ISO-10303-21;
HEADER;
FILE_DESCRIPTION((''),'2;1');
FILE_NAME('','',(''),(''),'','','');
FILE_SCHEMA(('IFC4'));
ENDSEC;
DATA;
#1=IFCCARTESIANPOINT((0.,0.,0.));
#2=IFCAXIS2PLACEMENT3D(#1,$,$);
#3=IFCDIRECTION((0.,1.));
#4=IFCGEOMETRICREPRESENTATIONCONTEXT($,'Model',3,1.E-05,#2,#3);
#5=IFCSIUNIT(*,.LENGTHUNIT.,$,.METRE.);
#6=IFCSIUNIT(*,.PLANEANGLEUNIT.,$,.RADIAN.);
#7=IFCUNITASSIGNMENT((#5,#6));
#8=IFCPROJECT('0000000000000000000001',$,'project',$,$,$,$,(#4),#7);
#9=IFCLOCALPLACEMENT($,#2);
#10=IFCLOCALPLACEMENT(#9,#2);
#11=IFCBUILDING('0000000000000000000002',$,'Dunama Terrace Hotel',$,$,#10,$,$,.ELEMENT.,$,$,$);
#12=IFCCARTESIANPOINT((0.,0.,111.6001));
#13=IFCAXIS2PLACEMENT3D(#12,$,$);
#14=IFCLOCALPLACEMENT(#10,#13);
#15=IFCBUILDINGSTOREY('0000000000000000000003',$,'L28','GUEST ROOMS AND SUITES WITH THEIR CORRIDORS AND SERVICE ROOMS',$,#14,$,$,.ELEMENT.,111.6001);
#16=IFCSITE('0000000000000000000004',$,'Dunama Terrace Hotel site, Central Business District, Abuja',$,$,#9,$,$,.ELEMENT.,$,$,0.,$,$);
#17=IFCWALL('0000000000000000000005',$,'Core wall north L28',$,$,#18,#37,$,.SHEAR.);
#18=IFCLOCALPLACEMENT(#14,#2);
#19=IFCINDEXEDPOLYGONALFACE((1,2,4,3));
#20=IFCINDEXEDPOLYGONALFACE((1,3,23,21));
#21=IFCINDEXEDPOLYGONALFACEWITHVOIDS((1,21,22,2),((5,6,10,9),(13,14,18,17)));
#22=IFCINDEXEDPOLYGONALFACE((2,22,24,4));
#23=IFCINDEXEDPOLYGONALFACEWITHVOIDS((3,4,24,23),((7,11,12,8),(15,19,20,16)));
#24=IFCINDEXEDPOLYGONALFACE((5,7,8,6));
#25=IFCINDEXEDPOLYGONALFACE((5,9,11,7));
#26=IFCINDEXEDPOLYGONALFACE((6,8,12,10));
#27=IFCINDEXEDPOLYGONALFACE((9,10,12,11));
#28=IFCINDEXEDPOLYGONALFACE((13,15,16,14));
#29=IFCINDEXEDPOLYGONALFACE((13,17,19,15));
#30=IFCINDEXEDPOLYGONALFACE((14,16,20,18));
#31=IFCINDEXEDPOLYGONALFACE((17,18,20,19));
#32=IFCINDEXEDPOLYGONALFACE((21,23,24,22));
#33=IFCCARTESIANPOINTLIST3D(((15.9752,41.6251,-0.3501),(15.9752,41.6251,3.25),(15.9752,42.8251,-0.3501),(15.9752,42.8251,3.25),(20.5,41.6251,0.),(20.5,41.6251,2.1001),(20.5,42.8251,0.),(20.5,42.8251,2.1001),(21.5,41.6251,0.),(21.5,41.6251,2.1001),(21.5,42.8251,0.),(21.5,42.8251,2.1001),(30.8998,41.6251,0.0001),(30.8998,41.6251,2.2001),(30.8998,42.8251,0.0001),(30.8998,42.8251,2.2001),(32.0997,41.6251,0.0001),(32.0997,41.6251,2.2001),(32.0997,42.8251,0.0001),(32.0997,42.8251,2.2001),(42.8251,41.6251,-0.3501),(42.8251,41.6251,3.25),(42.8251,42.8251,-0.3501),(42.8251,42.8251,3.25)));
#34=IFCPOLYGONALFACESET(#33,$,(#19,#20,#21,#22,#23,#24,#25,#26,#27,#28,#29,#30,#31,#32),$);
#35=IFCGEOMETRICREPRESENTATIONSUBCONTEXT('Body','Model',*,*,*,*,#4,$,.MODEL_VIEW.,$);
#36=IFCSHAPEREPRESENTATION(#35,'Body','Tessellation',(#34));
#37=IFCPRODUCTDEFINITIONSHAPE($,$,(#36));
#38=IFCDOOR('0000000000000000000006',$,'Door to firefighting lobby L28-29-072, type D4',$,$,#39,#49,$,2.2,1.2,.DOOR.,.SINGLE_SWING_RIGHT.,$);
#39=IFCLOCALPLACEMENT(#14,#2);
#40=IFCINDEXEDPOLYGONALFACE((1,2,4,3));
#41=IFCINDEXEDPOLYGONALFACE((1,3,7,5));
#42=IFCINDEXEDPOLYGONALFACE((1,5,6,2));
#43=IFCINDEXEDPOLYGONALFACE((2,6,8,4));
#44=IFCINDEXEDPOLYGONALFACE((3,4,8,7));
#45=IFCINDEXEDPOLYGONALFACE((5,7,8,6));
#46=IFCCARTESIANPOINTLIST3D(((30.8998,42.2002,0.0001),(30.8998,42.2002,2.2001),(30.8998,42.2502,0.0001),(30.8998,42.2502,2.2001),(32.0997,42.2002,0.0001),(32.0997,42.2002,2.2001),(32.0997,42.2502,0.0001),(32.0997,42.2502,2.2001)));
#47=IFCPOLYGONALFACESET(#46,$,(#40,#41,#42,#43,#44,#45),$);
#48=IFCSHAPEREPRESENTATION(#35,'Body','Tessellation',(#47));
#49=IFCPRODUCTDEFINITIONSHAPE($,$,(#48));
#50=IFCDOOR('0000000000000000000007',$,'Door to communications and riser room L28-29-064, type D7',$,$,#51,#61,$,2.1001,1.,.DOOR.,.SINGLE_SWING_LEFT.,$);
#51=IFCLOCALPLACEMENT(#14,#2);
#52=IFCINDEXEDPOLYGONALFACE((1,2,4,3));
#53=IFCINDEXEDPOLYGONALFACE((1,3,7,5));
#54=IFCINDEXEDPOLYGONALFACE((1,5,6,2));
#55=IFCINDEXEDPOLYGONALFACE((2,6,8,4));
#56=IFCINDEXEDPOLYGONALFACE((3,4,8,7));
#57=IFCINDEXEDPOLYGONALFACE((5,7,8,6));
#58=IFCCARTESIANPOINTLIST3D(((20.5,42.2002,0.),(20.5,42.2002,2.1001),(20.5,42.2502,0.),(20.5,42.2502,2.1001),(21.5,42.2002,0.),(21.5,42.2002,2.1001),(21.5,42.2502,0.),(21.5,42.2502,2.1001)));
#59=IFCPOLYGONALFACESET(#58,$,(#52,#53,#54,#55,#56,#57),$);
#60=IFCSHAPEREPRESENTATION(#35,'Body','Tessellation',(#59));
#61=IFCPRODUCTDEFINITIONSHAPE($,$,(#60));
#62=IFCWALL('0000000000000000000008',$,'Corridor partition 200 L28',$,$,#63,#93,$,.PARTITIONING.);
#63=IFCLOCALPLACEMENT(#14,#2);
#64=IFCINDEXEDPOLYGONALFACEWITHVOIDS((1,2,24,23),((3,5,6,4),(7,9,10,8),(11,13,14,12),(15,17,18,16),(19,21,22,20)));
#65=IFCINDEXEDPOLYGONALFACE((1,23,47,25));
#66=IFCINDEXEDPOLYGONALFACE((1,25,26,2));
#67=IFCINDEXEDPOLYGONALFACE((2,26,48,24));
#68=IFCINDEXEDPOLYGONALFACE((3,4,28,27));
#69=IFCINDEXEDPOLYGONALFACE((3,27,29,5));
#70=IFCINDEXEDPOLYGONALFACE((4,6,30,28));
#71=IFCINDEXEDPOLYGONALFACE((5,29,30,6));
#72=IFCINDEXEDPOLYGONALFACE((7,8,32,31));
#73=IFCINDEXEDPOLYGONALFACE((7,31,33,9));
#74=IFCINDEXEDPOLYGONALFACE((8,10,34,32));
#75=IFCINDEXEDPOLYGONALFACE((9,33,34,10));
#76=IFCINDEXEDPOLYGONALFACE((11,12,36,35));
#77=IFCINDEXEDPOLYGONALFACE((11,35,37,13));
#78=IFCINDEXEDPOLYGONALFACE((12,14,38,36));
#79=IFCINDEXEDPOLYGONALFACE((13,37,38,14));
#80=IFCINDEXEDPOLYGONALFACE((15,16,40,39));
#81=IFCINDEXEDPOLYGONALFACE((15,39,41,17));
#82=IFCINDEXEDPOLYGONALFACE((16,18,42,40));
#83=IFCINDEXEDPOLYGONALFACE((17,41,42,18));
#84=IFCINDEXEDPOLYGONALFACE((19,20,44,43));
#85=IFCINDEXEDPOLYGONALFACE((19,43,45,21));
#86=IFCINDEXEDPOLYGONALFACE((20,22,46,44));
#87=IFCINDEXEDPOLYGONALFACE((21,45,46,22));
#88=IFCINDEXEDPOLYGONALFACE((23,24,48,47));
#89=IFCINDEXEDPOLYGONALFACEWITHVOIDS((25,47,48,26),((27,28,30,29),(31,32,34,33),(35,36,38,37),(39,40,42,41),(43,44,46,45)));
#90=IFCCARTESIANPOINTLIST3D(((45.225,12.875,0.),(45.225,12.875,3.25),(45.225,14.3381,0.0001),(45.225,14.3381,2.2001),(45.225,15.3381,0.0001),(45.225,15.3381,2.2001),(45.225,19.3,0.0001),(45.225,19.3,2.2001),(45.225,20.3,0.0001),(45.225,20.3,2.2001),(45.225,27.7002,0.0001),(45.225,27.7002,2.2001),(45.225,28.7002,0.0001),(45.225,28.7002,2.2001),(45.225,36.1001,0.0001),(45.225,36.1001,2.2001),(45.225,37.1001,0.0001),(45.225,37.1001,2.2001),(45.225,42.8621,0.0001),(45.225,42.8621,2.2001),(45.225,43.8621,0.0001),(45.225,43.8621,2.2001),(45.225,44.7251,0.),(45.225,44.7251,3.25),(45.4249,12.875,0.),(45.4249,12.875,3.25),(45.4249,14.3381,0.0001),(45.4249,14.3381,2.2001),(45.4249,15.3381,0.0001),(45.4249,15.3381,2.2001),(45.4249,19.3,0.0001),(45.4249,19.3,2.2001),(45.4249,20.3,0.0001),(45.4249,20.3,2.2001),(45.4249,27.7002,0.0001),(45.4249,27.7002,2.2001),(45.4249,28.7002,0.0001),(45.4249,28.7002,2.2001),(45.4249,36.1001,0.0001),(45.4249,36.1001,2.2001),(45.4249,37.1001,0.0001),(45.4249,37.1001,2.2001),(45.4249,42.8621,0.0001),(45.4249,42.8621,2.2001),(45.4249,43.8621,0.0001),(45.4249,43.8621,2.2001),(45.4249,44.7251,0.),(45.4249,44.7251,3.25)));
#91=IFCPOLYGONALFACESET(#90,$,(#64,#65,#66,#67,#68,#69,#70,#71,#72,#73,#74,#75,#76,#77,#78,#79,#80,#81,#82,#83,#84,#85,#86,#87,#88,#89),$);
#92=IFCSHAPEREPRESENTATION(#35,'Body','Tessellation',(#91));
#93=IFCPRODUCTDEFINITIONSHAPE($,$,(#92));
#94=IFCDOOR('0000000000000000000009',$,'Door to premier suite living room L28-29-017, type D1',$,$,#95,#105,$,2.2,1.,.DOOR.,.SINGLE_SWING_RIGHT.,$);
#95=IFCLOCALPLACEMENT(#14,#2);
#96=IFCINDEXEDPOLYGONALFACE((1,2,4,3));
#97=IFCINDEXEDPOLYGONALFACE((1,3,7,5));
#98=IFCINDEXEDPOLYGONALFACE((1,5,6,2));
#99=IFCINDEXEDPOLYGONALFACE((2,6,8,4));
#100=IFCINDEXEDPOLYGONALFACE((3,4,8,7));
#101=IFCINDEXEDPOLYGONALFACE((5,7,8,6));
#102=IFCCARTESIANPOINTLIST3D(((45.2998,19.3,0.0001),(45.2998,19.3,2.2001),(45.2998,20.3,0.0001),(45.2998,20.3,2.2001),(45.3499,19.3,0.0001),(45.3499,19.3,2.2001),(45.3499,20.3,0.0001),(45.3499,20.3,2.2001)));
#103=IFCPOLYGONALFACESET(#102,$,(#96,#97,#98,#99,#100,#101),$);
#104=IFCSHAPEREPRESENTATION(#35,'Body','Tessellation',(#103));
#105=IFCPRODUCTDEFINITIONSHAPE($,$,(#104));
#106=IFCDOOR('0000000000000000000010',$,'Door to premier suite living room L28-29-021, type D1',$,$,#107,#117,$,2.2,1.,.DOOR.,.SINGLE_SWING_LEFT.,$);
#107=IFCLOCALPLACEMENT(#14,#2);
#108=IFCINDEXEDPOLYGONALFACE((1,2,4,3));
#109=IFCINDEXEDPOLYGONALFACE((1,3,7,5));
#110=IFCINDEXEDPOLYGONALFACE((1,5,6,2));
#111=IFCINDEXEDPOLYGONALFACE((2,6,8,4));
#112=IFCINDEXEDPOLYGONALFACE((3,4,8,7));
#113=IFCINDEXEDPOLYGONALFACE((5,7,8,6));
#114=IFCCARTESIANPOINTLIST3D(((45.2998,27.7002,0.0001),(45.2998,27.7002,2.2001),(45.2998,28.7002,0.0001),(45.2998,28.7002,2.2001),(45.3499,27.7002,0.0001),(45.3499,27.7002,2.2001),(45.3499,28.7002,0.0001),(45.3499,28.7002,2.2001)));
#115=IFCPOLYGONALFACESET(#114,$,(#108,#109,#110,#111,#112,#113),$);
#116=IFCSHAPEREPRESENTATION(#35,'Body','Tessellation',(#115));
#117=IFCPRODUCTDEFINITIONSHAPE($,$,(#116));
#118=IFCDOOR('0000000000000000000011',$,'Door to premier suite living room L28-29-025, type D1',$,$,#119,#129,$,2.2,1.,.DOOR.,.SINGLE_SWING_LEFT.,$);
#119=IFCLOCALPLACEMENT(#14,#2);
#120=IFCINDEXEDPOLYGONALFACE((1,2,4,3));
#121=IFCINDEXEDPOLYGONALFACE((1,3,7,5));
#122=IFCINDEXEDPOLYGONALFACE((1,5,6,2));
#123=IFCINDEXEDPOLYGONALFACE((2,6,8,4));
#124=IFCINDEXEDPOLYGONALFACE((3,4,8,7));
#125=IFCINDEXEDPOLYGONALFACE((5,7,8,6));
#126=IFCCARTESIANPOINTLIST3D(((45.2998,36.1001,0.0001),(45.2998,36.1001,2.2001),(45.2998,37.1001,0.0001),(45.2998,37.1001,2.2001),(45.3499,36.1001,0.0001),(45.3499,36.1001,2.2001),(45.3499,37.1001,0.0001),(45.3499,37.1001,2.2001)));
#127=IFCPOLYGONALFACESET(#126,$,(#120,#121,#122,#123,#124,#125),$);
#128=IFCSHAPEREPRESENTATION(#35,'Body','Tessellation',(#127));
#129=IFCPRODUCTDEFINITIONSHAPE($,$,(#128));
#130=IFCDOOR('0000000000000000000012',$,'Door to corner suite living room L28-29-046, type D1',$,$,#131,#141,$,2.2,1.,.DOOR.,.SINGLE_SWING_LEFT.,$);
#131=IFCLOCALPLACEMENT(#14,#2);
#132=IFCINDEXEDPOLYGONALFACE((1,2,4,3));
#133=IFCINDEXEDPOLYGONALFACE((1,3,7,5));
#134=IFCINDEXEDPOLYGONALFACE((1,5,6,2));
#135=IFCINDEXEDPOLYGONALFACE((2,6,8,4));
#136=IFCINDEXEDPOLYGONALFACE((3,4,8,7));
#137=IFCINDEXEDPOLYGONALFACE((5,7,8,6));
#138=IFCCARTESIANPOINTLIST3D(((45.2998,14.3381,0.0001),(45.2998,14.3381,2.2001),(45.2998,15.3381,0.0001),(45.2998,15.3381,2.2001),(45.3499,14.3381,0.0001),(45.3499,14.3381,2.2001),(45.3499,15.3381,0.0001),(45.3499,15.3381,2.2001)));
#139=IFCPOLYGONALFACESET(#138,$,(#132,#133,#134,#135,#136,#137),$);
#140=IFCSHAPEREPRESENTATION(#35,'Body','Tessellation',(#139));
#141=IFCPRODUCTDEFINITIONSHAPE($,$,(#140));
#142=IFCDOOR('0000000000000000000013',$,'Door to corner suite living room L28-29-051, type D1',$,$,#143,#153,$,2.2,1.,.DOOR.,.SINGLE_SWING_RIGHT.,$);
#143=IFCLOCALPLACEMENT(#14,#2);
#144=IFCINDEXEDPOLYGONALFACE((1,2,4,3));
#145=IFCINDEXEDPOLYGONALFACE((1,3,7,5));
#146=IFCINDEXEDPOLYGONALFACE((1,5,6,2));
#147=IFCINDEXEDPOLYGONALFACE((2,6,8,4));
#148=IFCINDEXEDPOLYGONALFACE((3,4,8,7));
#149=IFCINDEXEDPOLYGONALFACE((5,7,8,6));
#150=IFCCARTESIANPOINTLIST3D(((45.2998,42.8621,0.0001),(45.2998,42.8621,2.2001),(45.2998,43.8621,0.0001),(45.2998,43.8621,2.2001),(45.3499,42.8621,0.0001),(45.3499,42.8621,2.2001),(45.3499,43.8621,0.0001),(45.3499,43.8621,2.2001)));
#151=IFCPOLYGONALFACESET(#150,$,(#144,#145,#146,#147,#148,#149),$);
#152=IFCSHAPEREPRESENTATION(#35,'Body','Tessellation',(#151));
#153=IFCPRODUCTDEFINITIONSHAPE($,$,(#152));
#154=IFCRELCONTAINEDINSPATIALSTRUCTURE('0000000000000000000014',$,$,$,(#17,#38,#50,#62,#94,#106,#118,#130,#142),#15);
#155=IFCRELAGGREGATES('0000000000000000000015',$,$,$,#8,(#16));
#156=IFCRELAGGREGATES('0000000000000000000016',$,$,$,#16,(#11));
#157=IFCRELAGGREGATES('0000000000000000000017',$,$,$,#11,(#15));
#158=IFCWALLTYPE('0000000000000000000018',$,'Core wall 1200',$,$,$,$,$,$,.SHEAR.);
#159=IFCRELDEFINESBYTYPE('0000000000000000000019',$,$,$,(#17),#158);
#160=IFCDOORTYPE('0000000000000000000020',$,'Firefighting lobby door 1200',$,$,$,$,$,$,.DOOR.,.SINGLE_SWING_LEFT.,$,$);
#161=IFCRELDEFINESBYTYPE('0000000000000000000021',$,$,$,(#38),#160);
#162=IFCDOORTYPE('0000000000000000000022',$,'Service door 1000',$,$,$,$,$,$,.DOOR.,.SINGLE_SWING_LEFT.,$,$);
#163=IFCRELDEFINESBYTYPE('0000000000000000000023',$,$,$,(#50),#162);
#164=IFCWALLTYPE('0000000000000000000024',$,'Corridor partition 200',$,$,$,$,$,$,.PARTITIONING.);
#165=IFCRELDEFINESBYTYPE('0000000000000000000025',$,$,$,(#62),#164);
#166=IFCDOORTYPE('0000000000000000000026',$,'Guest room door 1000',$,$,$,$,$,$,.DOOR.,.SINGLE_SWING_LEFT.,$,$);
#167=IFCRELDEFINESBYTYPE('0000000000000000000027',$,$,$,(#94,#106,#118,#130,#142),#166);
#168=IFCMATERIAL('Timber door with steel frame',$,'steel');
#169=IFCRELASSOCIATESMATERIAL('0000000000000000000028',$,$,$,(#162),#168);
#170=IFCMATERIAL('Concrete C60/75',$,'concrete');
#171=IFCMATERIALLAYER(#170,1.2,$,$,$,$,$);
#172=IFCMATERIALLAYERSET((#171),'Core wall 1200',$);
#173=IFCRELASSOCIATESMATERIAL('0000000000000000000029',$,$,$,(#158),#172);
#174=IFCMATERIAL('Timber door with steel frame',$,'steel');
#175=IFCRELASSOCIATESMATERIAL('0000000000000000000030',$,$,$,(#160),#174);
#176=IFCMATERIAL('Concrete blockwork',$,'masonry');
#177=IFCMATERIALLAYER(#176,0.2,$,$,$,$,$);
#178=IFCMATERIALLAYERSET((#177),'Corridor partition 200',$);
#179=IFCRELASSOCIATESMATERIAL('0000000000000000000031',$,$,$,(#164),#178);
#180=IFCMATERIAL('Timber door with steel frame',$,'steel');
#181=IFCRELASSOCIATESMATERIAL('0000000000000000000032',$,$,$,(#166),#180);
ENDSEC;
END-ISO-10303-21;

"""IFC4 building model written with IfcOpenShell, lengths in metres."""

from ifc_helpers import new_model, si_unit, direction, frame, frame_2d, origin, place, context, subcontext, project, spatial, rectangle, extrude, material, layer, layer_set, type_object, element, fill, save


model = new_model("IFC4")

# Units and contexts
model_context = context("Model", 3, precision=1e-05, world=origin(), true_north=direction((0.0, 1.0)))
body_context = subcontext(model_context, "Body", "Model", "MODEL_VIEW")
ifc_project = project(units=[si_unit("LENGTHUNIT", "METRE"), si_unit("PLANEANGLEUNIT", "RADIAN")], contexts=[model_context])

# Site, building, storey
site_placement = place(None, origin())
site = spatial("IfcSite", under=ifc_project, at=site_placement, Name="Dunama Terrace Hotel site, Central Business District, Abuja", CompositionType="ELEMENT", RefElevation=0.0)
building_placement = place(site_placement, origin())
building = spatial("IfcBuilding", under=site, at=building_placement, Name="Dunama Terrace Hotel", CompositionType="ELEMENT")
storey_placement = place(building_placement, frame((0.0, 0.0, 111.6001)))
storey = spatial("IfcBuildingStorey", under=building, at=storey_placement, Name="L28", Description="GUEST ROOMS AND SUITES WITH THEIR CORRIDORS AND SERVICE ROOMS", CompositionType="ELEMENT", Elevation=111.6001)

# Shared definitions
ifc_material_1 = material(Name="Timber door with steel frame", Category="steel")
door_type_1 = type_object("IfcDoorType", Name="Service door 1000", OperationType="SINGLE_SWING_LEFT", PredefinedType="DOOR", material=ifc_material_1)

# Walls, openings, doors
ifc_material_2 = material(Name="Concrete C60/75", Category="concrete")
ifc_layer_1 = layer(ifc_material_2, 1.2)
ifc_layer_set_1 = layer_set([ifc_layer_1], Name="Core wall 1200")
wall_type_1 = type_object("IfcWallType", Name="Core wall 1200", PredefinedType="SHEAR", material=ifc_layer_set_1)
wall_1_placement = place(storey_placement, frame((42.825, 42.2251, -0.3501), z_axis=(0.0, 0.0, 1.0), x_axis=(-1.0, 0.0, 0.0)))
wall_1 = element("IfcWall", 1, at=wall_1_placement, inside=storey, type_object=wall_type_1, Name="Core wall north L28", PredefinedType="SHEAR", context=body_context, shape_type="SweptSolid", body=[
    extrude(rectangle(XDim=26.8499, YDim=1.2, at=frame_2d((13.4248, 0.0))), origin(), (0.0, 0.0, 1.0), 3.6001),
])
opening_1_placement = place(wall_1_placement, frame((21.325, 0.0, 0.3501)))
opening_1 = element("IfcOpeningElement", 2, at=opening_1_placement, cuts=wall_1, PredefinedType="OPENING", context=body_context, shape_type="SweptSolid", body=[
    extrude(rectangle(XDim=1.0, YDim=2.1001, at=frame_2d((0.5, 1.05))), frame((0.0, 0.6099, 0.0), z_axis=(0.0, -1.0, 0.0), x_axis=(1.0, 0.0, 0.0)), (0.0, 0.0, 1.0), 1.22),
])
opening_2_placement = place(wall_1_placement, frame((10.7251, 0.0, 0.3501)))
opening_2 = element("IfcOpeningElement", 3, at=opening_2_placement, cuts=wall_1, PredefinedType="OPENING", context=body_context, shape_type="SweptSolid", body=[
    extrude(rectangle(XDim=1.2, YDim=2.2, at=frame_2d((0.6001, 1.1001))), frame((0.0, 0.6099, 0.0), z_axis=(0.0, -1.0, 0.0), x_axis=(1.0, 0.0, 0.0)), (0.0, 0.0, 1.0), 1.22),
])
ifc_material_3 = material(Name="Timber door with steel frame", Category="steel")
door_type_2 = type_object("IfcDoorType", Name="Firefighting lobby door 1200", OperationType="SINGLE_SWING_LEFT", PredefinedType="DOOR", material=ifc_material_3)
door_1_placement = place(opening_2_placement, origin())
door_1 = element("IfcDoor", 4, at=door_1_placement, inside=storey, type_object=door_type_2, Name="Door to firefighting lobby L28-29-072, type D4", OperationType="SINGLE_SWING_RIGHT", OverallHeight=2.2, OverallWidth=1.2, PredefinedType="DOOR", context=body_context, shape_type="SweptSolid", body=[
    extrude(rectangle(XDim=1.2, YDim=2.2, at=frame_2d((0.6001, 1.1001))), frame((0.0, 0.0249, 0.0), z_axis=(0.0, -1.0, 0.0), x_axis=(1.0, 0.0, 0.0)), (0.0, 0.0, 1.0), 0.05),
])
fill(opening_2, door_1)
door_2_placement = place(opening_1_placement, origin())
door_2 = element("IfcDoor", 5, at=door_2_placement, inside=storey, type_object=door_type_1, Name="Door to communications and riser room L28-29-064, type D7", OperationType="SINGLE_SWING_LEFT", OverallHeight=2.1001, OverallWidth=1.0, PredefinedType="DOOR", context=body_context, shape_type="SweptSolid", body=[
    extrude(rectangle(XDim=1.0, YDim=2.1001, at=frame_2d((0.5, 1.05))), frame((0.0, 0.0249, 0.0), z_axis=(0.0, -1.0, 0.0), x_axis=(1.0, 0.0, 0.0)), (0.0, 0.0, 1.0), 0.05),
])
fill(opening_1, door_2)
ifc_material_4 = material(Name="Concrete blockwork", Category="masonry")
ifc_layer_2 = layer(ifc_material_4, 0.2)
ifc_layer_set_2 = layer_set([ifc_layer_2], Name="Corridor partition 200")
wall_type_2 = type_object("IfcWallType", Name="Corridor partition 200", PredefinedType="PARTITIONING", material=ifc_layer_set_2)
wall_2_placement = place(storey_placement, frame((45.325, 44.7251, 0.0), z_axis=(0.0, 0.0, 1.0), x_axis=(0.0, -1.0, 0.0)))
wall_2 = element("IfcWall", 6, at=wall_2_placement, inside=storey, type_object=wall_type_2, Name="Corridor partition 200 L28", PredefinedType="PARTITIONING", context=body_context, shape_type="SweptSolid", body=[
    extrude(rectangle(XDim=31.8501, YDim=0.2, at=frame_2d((15.925, 0.0))), origin(), (0.0, 0.0, 1.0), 3.25),
])
opening_3_placement = place(wall_2_placement, frame((24.425, 0.0, 0.0)))
opening_3 = element("IfcOpeningElement", 7, at=opening_3_placement, cuts=wall_2, PredefinedType="OPENING", context=body_context, shape_type="SweptSolid", body=[
    extrude(rectangle(XDim=1.0, YDim=2.2, at=frame_2d((0.5, 1.1001))), frame((0.0, 0.1099, 0.0), z_axis=(0.0, -1.0, 0.0), x_axis=(1.0, 0.0, 0.0)), (0.0, 0.0, 1.0), 0.22),
])
opening_4_placement = place(wall_2_placement, frame((16.0249, 0.0, 0.0)))
opening_4 = element("IfcOpeningElement", 8, at=opening_4_placement, cuts=wall_2, PredefinedType="OPENING", context=body_context, shape_type="SweptSolid", body=[
    extrude(rectangle(XDim=1.0, YDim=2.2, at=frame_2d((0.5, 1.1001))), frame((0.0, 0.1099, 0.0), z_axis=(0.0, -1.0, 0.0), x_axis=(1.0, 0.0, 0.0)), (0.0, 0.0, 1.0), 0.22),
])
opening_5_placement = place(wall_2_placement, frame((7.625, 0.0, 0.0)))
opening_5 = element("IfcOpeningElement", 9, at=opening_5_placement, cuts=wall_2, PredefinedType="OPENING", context=body_context, shape_type="SweptSolid", body=[
    extrude(rectangle(XDim=1.0, YDim=2.2, at=frame_2d((0.5, 1.1001))), frame((0.0, 0.1099, 0.0), z_axis=(0.0, -1.0, 0.0), x_axis=(1.0, 0.0, 0.0)), (0.0, 0.0, 1.0), 0.22),
])
opening_6_placement = place(wall_2_placement, frame((29.387, 0.0, 0.0)))
opening_6 = element("IfcOpeningElement", 10, at=opening_6_placement, cuts=wall_2, PredefinedType="OPENING", context=body_context, shape_type="SweptSolid", body=[
    extrude(rectangle(XDim=1.0, YDim=2.2, at=frame_2d((0.5, 1.1001))), frame((0.0, 0.1099, 0.0), z_axis=(0.0, -1.0, 0.0), x_axis=(1.0, 0.0, 0.0)), (0.0, 0.0, 1.0), 0.22),
])
opening_7_placement = place(wall_2_placement, frame((0.863, 0.0, 0.0)))
opening_7 = element("IfcOpeningElement", 11, at=opening_7_placement, cuts=wall_2, PredefinedType="OPENING", context=body_context, shape_type="SweptSolid", body=[
    extrude(rectangle(XDim=1.0, YDim=2.2, at=frame_2d((0.5, 1.1001))), frame((0.0, 0.1099, 0.0), z_axis=(0.0, -1.0, 0.0), x_axis=(1.0, 0.0, 0.0)), (0.0, 0.0, 1.0), 0.22),
])
ifc_material_5 = material(Name="Timber door with steel frame", Category="steel")
door_type_3 = type_object("IfcDoorType", Name="Guest room door 1000", OperationType="SINGLE_SWING_LEFT", PredefinedType="DOOR", material=ifc_material_5)
door_3_placement = place(opening_3_placement, origin())
door_3 = element("IfcDoor", 12, at=door_3_placement, inside=storey, type_object=door_type_3, Name="Door to premier suite living room L28-29-017, type D1", OperationType="SINGLE_SWING_RIGHT", OverallHeight=2.2, OverallWidth=1.0, PredefinedType="DOOR", context=body_context, shape_type="SweptSolid", body=[
    extrude(rectangle(XDim=1.0, YDim=2.2, at=frame_2d((0.5, 1.1001))), frame((0.0, 0.0249, 0.0), z_axis=(0.0, -1.0, 0.0), x_axis=(1.0, 0.0, 0.0)), (0.0, 0.0, 1.0), 0.05),
])
fill(opening_3, door_3)
door_4_placement = place(opening_4_placement, origin())
door_4 = element("IfcDoor", 13, at=door_4_placement, inside=storey, type_object=door_type_3, Name="Door to premier suite living room L28-29-021, type D1", OperationType="SINGLE_SWING_LEFT", OverallHeight=2.2, OverallWidth=1.0, PredefinedType="DOOR", context=body_context, shape_type="SweptSolid", body=[
    extrude(rectangle(XDim=1.0, YDim=2.2, at=frame_2d((0.5, 1.1001))), frame((0.0, 0.0249, 0.0), z_axis=(0.0, -1.0, 0.0), x_axis=(1.0, 0.0, 0.0)), (0.0, 0.0, 1.0), 0.05),
])
fill(opening_4, door_4)
door_5_placement = place(opening_5_placement, origin())
door_5 = element("IfcDoor", 14, at=door_5_placement, inside=storey, type_object=door_type_3, Name="Door to premier suite living room L28-29-025, type D1", OperationType="SINGLE_SWING_LEFT", OverallHeight=2.2, OverallWidth=1.0, PredefinedType="DOOR", context=body_context, shape_type="SweptSolid", body=[
    extrude(rectangle(XDim=1.0, YDim=2.2, at=frame_2d((0.5, 1.1001))), frame((0.0, 0.0249, 0.0), z_axis=(0.0, -1.0, 0.0), x_axis=(1.0, 0.0, 0.0)), (0.0, 0.0, 1.0), 0.05),
])
fill(opening_5, door_5)
door_6_placement = place(opening_6_placement, origin())
door_6 = element("IfcDoor", 15, at=door_6_placement, inside=storey, type_object=door_type_3, Name="Door to corner suite living room L28-29-046, type D1", OperationType="SINGLE_SWING_LEFT", OverallHeight=2.2, OverallWidth=1.0, PredefinedType="DOOR", context=body_context, shape_type="SweptSolid", body=[
    extrude(rectangle(XDim=1.0, YDim=2.2, at=frame_2d((0.5, 1.1001))), frame((0.0, 0.0249, 0.0), z_axis=(0.0, -1.0, 0.0), x_axis=(1.0, 0.0, 0.0)), (0.0, 0.0, 1.0), 0.05),
])
fill(opening_6, door_6)
door_7_placement = place(opening_7_placement, origin())
door_7 = element("IfcDoor", 16, at=door_7_placement, inside=storey, type_object=door_type_3, Name="Door to corner suite living room L28-29-051, type D1", OperationType="SINGLE_SWING_RIGHT", OverallHeight=2.2, OverallWidth=1.0, PredefinedType="DOOR", context=body_context, shape_type="SweptSolid", body=[
    extrude(rectangle(XDim=1.0, YDim=2.2, at=frame_2d((0.5, 1.1001))), frame((0.0, 0.0249, 0.0), z_axis=(0.0, -1.0, 0.0), x_axis=(1.0, 0.0, 0.0)), (0.0, 0.0, 1.0), 0.05),
])
fill(opening_7, door_7)

save(model, "model.ifc")
